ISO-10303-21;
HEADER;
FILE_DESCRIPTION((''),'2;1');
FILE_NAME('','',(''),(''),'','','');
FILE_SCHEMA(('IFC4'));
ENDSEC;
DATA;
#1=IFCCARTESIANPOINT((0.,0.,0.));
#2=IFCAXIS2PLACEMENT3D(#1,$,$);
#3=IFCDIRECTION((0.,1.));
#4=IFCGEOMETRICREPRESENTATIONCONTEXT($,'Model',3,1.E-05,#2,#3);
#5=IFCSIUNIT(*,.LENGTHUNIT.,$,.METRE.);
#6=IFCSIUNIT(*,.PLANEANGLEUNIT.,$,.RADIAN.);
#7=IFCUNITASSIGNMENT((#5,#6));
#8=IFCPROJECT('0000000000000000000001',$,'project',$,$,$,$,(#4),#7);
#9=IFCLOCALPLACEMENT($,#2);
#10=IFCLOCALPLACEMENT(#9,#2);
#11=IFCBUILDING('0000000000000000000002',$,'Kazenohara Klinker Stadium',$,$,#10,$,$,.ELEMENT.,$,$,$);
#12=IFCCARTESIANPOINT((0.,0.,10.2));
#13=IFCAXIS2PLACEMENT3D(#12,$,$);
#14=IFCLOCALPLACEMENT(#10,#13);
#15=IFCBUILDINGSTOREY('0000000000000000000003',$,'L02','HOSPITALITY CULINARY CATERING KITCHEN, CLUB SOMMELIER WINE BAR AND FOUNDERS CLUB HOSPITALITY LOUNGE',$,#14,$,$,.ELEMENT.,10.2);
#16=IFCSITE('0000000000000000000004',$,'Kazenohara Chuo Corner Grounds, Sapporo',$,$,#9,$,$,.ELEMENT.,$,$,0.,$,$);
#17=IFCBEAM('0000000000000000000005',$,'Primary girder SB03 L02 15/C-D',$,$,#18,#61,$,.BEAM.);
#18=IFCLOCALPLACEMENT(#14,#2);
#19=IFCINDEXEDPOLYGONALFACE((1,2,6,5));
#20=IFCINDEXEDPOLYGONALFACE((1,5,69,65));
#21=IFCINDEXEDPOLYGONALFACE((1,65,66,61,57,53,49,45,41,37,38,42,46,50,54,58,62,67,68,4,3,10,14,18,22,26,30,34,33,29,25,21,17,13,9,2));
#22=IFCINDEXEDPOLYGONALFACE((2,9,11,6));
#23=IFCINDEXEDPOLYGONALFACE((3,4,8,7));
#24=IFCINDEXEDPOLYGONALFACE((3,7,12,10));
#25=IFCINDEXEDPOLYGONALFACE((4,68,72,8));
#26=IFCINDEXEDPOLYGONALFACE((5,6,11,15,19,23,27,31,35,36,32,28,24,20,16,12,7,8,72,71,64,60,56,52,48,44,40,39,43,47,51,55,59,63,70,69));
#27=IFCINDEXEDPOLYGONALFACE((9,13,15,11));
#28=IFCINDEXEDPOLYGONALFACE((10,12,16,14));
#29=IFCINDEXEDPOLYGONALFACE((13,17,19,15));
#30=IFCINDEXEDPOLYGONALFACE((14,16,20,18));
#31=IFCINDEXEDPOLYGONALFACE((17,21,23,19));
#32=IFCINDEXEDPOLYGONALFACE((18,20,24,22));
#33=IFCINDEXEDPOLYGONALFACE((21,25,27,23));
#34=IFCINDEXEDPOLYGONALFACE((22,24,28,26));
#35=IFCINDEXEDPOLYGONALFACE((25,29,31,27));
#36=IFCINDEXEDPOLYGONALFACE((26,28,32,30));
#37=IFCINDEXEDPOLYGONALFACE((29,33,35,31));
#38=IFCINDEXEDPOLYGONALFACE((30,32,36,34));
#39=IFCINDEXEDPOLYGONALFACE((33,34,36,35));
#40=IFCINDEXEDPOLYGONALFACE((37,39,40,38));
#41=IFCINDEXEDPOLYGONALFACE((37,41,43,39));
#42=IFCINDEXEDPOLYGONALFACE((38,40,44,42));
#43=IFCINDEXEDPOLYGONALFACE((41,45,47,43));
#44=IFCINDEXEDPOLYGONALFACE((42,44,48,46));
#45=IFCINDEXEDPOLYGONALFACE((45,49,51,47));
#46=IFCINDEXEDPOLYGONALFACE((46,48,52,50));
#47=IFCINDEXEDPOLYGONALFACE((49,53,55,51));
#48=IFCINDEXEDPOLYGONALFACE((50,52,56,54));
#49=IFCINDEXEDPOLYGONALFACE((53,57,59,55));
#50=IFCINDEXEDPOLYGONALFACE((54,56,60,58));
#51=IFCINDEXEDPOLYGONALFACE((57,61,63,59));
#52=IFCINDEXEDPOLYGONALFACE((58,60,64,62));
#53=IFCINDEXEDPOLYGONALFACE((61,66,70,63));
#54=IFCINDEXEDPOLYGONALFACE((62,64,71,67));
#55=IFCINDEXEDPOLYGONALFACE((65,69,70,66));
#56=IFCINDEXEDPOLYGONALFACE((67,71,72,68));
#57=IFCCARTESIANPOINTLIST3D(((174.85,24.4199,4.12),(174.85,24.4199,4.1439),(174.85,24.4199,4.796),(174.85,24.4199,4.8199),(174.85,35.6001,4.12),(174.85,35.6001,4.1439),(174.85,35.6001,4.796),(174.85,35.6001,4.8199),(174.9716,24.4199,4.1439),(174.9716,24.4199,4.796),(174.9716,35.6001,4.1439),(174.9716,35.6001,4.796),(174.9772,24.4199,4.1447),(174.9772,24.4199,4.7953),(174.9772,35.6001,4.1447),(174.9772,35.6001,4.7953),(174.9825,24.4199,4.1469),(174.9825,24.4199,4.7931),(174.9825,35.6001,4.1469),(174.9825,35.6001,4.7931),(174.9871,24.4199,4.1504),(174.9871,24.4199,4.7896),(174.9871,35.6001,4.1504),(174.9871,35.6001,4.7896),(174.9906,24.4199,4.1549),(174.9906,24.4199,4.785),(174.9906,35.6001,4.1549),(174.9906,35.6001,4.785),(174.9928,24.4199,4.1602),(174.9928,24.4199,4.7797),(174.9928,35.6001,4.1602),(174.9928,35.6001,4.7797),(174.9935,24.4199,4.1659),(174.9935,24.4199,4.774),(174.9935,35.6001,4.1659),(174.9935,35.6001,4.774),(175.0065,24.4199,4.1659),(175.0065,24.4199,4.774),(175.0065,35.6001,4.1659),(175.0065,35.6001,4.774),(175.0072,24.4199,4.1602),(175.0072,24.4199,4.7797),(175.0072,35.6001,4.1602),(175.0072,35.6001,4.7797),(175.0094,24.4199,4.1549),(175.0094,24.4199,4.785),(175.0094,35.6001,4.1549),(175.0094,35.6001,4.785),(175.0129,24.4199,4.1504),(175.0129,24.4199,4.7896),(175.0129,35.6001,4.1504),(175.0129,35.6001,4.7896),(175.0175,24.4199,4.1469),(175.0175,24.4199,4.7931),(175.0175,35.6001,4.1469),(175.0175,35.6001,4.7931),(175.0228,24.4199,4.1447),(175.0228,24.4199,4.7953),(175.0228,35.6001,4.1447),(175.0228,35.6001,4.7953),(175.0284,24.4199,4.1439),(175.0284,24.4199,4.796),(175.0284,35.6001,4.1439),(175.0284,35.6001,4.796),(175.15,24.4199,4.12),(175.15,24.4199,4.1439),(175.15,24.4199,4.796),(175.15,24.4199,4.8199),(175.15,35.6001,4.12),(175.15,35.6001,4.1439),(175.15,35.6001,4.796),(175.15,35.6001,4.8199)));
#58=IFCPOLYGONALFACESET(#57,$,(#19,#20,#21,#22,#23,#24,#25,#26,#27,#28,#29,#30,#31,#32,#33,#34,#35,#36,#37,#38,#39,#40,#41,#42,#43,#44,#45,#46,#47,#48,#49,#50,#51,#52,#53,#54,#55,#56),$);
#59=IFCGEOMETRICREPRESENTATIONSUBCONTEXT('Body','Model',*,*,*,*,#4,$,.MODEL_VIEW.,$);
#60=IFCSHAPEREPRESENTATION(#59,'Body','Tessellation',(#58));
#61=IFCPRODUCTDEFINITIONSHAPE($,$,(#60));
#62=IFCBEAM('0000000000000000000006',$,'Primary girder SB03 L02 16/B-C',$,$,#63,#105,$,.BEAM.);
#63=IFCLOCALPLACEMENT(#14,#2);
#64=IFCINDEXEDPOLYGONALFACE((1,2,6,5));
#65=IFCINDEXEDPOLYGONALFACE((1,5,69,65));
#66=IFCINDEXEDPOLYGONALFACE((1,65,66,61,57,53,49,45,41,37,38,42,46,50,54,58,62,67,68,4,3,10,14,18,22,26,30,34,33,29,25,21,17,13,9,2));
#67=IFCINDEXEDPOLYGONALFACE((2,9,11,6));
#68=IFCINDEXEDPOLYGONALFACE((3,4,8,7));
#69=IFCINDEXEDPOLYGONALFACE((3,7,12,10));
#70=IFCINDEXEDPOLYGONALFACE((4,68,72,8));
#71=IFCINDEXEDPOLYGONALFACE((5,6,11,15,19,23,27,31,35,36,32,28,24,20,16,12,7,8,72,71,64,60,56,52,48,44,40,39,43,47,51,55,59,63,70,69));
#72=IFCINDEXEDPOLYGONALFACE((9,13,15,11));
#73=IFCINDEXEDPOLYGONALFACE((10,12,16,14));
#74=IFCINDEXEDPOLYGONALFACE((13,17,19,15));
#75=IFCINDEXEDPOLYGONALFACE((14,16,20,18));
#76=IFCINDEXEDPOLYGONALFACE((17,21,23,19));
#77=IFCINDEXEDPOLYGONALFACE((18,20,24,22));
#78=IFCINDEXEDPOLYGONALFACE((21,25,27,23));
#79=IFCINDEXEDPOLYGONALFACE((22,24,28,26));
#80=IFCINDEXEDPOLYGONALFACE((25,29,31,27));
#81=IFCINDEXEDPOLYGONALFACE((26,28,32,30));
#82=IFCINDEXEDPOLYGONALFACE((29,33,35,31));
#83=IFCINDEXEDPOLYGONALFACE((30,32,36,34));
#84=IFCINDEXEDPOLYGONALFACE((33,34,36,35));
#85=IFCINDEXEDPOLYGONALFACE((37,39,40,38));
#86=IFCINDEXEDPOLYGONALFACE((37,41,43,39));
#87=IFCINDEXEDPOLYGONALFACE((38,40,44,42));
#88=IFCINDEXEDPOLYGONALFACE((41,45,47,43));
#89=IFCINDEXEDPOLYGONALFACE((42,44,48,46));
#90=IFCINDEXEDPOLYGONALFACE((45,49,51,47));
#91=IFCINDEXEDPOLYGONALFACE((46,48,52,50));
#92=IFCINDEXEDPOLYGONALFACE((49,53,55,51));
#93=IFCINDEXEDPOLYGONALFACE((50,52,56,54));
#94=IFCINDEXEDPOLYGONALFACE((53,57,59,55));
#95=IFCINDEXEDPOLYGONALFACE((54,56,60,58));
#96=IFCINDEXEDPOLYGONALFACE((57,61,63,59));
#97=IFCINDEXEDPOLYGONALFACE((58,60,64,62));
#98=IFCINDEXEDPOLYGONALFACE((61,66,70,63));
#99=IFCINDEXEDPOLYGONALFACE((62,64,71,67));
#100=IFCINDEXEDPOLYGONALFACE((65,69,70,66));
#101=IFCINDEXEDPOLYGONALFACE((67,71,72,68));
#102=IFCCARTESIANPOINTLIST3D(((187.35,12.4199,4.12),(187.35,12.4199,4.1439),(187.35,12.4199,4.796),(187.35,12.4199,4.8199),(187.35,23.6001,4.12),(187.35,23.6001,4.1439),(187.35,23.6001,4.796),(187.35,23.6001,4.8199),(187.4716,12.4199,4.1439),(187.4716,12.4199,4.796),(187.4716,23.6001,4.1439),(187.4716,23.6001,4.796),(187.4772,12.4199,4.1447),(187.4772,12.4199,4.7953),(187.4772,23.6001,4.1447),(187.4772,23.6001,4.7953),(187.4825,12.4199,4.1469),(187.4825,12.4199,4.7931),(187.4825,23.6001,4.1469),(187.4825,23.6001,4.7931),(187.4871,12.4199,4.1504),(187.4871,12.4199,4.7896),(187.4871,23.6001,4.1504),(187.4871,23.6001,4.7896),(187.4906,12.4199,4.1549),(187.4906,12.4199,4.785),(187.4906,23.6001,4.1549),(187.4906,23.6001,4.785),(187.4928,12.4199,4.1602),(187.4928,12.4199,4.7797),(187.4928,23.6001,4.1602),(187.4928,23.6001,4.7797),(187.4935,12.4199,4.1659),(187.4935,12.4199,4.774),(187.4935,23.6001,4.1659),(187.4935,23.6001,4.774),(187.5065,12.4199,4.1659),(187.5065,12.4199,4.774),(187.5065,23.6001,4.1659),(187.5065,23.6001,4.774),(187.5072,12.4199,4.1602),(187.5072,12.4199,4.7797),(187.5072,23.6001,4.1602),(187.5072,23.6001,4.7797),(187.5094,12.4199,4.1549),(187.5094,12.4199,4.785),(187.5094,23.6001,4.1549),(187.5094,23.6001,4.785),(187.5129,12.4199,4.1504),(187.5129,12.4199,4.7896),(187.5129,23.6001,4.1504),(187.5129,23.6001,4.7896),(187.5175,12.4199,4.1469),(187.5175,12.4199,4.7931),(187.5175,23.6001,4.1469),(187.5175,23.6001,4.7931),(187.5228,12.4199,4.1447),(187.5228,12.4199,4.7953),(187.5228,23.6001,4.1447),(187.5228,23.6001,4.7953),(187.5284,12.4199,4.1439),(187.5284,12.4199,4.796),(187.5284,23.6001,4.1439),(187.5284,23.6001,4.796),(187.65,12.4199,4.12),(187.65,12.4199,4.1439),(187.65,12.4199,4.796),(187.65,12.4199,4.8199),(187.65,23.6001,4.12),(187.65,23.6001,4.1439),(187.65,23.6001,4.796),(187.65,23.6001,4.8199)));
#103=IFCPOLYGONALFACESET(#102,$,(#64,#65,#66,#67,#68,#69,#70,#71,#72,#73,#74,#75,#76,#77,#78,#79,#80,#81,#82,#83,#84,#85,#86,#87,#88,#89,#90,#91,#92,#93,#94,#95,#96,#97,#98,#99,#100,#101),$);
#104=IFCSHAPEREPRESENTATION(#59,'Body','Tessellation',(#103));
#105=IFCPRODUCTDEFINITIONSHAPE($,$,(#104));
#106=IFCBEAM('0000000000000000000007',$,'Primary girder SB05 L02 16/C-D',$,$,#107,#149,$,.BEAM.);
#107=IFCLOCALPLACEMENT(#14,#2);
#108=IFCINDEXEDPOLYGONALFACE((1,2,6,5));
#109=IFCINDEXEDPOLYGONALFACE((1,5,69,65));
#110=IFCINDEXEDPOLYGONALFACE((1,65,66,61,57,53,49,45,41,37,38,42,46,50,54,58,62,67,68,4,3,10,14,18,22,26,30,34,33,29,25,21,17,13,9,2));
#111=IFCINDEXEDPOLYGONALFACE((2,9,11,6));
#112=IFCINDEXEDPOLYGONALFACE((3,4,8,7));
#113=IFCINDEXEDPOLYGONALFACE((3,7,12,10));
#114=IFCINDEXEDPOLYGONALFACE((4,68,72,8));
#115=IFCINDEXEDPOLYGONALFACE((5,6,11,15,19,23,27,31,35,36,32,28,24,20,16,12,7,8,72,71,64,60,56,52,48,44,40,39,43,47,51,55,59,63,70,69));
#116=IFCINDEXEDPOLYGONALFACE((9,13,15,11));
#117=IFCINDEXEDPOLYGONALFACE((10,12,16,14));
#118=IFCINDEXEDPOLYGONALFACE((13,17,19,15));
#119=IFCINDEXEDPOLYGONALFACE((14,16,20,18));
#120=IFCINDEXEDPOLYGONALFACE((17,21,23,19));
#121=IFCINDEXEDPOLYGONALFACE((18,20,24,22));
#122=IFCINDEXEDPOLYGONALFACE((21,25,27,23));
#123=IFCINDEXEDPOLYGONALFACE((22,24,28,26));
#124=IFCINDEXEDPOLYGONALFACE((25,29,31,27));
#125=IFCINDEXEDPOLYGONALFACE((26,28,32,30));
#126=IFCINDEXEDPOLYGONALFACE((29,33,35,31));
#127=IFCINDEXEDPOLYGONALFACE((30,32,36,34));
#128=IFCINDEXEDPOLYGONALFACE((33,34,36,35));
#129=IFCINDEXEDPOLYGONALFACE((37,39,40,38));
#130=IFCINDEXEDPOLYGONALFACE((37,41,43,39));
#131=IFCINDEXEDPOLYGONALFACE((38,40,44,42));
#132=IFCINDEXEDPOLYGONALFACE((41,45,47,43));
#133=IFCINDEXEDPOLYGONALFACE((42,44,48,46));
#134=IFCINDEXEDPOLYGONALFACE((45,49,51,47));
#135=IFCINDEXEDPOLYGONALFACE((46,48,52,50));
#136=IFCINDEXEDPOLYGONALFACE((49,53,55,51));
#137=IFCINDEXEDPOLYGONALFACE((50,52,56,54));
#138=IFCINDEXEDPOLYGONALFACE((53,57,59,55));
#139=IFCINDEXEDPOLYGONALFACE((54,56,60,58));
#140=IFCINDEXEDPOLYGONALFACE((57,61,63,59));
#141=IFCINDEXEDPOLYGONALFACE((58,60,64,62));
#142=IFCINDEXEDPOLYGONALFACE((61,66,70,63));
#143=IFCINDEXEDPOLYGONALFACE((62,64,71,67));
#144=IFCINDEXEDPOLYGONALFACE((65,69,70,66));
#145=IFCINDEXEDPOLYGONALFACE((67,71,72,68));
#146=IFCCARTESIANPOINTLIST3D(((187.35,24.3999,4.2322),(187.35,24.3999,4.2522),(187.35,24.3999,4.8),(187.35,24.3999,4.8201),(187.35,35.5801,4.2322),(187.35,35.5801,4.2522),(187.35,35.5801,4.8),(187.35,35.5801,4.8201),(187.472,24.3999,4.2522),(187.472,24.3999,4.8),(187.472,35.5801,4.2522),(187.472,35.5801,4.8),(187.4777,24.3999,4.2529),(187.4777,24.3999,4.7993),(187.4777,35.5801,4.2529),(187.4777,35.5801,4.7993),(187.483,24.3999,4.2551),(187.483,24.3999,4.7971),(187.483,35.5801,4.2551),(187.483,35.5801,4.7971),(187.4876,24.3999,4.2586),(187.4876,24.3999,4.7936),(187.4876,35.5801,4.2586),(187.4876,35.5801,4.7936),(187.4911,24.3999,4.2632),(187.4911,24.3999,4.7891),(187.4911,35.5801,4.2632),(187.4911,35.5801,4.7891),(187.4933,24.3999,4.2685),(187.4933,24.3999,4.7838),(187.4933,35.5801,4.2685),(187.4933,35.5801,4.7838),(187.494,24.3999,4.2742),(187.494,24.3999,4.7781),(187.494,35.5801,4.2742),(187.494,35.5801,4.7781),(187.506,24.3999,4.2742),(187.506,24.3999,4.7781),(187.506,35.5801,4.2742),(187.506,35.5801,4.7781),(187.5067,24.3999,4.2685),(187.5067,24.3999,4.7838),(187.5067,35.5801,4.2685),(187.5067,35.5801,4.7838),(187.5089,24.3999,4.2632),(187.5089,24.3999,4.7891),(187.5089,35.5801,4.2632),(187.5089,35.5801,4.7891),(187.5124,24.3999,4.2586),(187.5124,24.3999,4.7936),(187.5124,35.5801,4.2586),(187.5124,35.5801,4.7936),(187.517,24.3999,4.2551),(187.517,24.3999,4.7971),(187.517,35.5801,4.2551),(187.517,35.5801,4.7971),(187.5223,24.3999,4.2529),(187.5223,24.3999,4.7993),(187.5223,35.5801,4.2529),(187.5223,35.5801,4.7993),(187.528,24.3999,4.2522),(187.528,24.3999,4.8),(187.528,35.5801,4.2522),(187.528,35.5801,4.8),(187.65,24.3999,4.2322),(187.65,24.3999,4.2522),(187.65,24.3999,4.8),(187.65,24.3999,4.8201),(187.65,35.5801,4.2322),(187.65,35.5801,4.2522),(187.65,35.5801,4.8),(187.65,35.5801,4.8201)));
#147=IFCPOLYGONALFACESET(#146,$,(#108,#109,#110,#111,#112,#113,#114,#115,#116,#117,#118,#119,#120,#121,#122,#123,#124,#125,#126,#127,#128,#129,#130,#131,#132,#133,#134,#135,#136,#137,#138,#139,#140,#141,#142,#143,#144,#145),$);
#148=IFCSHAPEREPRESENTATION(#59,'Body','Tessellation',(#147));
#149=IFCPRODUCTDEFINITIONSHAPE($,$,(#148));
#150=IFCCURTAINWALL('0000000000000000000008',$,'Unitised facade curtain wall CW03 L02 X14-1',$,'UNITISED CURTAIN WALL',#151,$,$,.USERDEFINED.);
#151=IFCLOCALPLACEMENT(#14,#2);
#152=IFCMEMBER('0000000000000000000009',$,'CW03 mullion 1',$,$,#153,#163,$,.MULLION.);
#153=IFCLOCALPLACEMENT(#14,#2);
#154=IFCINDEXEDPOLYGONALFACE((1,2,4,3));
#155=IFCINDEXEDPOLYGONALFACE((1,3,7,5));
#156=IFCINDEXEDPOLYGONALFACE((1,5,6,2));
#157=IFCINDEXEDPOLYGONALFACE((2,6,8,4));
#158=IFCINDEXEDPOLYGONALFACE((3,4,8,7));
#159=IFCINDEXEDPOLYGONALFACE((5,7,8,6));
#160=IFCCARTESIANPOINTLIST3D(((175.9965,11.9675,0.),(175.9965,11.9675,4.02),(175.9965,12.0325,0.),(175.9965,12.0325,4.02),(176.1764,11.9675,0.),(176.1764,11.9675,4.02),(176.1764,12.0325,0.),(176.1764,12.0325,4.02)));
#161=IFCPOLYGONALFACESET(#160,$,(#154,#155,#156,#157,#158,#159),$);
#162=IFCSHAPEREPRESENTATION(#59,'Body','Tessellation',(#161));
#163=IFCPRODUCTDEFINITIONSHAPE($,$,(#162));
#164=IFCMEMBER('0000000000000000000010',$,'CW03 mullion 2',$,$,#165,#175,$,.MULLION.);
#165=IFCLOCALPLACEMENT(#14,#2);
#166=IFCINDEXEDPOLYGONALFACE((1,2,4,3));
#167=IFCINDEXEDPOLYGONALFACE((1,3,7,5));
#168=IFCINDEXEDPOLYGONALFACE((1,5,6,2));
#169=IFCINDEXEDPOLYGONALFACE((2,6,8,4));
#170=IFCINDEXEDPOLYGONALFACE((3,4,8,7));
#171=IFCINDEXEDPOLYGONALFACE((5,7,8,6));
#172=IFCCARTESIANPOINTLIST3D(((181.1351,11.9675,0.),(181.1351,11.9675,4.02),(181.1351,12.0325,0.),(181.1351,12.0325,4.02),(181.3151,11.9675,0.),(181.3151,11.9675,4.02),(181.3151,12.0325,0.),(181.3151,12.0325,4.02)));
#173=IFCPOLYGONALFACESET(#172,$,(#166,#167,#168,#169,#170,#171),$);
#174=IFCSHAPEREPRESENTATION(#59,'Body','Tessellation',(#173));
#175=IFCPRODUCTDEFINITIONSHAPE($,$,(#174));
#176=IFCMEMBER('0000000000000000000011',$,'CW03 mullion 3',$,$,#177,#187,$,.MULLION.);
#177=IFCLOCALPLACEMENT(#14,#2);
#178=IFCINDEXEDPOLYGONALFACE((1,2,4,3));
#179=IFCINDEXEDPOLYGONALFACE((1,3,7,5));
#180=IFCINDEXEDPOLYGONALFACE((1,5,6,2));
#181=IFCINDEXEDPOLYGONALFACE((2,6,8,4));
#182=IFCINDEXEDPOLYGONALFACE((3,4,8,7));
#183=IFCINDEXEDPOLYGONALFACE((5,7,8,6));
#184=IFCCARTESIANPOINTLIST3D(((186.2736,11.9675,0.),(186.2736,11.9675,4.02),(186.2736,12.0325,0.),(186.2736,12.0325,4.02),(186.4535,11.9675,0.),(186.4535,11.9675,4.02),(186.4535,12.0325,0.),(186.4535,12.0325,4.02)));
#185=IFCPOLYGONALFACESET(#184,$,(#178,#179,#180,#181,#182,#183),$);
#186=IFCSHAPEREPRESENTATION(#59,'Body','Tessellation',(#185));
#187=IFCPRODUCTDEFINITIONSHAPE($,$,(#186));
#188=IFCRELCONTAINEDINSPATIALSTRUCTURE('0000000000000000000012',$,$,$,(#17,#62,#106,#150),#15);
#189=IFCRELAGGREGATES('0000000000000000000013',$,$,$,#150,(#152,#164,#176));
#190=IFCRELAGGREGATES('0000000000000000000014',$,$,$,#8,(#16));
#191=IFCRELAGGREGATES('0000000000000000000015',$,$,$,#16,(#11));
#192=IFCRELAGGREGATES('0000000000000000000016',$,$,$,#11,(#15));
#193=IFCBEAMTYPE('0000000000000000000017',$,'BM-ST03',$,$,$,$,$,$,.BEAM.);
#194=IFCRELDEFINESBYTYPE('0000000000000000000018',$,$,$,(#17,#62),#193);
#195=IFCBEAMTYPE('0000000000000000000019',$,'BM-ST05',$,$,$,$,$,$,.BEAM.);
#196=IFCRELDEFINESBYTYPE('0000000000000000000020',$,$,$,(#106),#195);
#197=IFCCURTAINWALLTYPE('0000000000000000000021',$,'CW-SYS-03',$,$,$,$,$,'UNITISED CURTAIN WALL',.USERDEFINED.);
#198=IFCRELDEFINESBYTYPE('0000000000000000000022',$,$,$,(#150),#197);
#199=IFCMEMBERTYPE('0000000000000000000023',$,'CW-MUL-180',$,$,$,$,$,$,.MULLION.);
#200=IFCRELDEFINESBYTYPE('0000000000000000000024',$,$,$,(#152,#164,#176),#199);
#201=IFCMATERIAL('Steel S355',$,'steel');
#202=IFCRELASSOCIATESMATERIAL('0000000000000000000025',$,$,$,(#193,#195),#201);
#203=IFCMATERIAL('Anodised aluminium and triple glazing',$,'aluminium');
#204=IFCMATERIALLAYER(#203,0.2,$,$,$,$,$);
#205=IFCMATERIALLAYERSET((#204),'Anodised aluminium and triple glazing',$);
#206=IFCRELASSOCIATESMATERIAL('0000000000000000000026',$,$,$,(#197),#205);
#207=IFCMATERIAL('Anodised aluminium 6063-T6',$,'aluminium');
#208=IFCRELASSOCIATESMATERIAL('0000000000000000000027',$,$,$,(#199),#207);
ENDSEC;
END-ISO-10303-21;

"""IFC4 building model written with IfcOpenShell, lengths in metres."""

from ifc_helpers import new_model, si_unit, direction, frame, origin, origin_2d, place, context, subcontext, project, spatial, rectangle, i_section, extrude, material, layer, layer_set, material_profile, profile_set, type_object, element, aggregate, save


model = new_model("IFC4")

# Units and contexts
model_context = context("Model", 3, precision=1e-05, world=origin(), true_north=direction((0.0, 1.0)))
body_context = subcontext(model_context, "Body", "Model", "MODEL_VIEW")
ifc_project = project(units=[si_unit("LENGTHUNIT", "METRE"), si_unit("PLANEANGLEUNIT", "RADIAN")], contexts=[model_context])

# Site, building, storey
site_placement = place(None, origin())
site = spatial("IfcSite", under=ifc_project, at=site_placement, Name="Kazenohara Chuo Corner Grounds, Sapporo", CompositionType="ELEMENT", RefElevation=0.0)
building_placement = place(site_placement, origin())
building = spatial("IfcBuilding", under=site, at=building_placement, Name="Kazenohara Klinker Stadium", CompositionType="ELEMENT")
storey_placement = place(building_placement, frame((0.0, 0.0, 10.2)))
storey = spatial("IfcBuildingStorey", under=building, at=storey_placement, Name="L02", Description="HOSPITALITY CULINARY CATERING KITCHEN, CLUB SOMMELIER WINE BAR AND FOUNDERS CLUB HOSPITALITY LOUNGE", CompositionType="ELEMENT", Elevation=10.2)

# Beams
ifc_material_1 = material(Name="Steel S355", Category="steel")
ifc_material_profile_1 = material_profile(ifc_material_1, i_section(OverallWidth=0.3, OverallDepth=0.7, WebThickness=0.0129, FlangeThickness=0.0239, FilletRadius=0.022, at=origin_2d()), Name="H-700x300x13x24")
ifc_profile_set_1 = profile_set([ifc_material_profile_1], Name="Steel S355")
beam_type_1 = type_object("IfcBeamType", Name="BM-ST03", PredefinedType="BEAM", material=ifc_profile_set_1)
for number, where, z_axis, x_axis, name in (
    (1, (175.0, 24.4199, 4.47), (0.0, 1.0, 0.0), (-1.0, 0.0, 0.0), "Primary girder SB03 L02 15/C-D"),
    (2, (187.5, 12.4199, 4.47), (0.0, 1.0, 0.0), (-1.0, 0.0, 0.0), "Primary girder SB03 L02 16/B-C"),
):
    element("IfcBeam", number, at=place(storey_placement, frame(where, z_axis=z_axis, x_axis=x_axis)), inside=storey, type_object=beam_type_1, Name=name, PredefinedType="BEAM", context=body_context, shape_type="SweptSolid", body=[
        extrude(i_section(OverallWidth=0.3, OverallDepth=0.7, WebThickness=0.0129, FlangeThickness=0.0239, FilletRadius=0.022, at=origin_2d()), origin(), (0.0, 0.0, 1.0), 11.1802),
    ])
ifc_material_profile_2 = material_profile(ifc_material_1, i_section(OverallWidth=0.3, OverallDepth=0.5879, WebThickness=0.012, FlangeThickness=0.02, FilletRadius=0.022, at=origin_2d()), Name="H-588x300x12x20")
ifc_profile_set_2 = profile_set([ifc_material_profile_2], Name="Steel S355")
beam_type_2 = type_object("IfcBeamType", Name="BM-ST05", PredefinedType="BEAM", material=ifc_profile_set_2)
beam_1_placement = place(storey_placement, frame((187.5, 24.3999, 4.5261), z_axis=(0.0, 1.0, 0.0), x_axis=(-1.0, 0.0, 0.0)))
element("IfcBeam", 3, at=beam_1_placement, inside=storey, type_object=beam_type_2, Name="Primary girder SB05 L02 16/C-D", PredefinedType="BEAM", context=body_context, shape_type="SweptSolid", body=[
    extrude(i_section(OverallWidth=0.3, OverallDepth=0.5879, WebThickness=0.012, FlangeThickness=0.02, FilletRadius=0.022, at=origin_2d()), origin(), (0.0, 0.0, 1.0), 11.1802),
])

# Curtain wall, members
ifc_material_2 = material(Name="Anodised aluminium and triple glazing", Category="aluminium")
ifc_layer_1 = layer(ifc_material_2, 0.2)
ifc_layer_set_1 = layer_set([ifc_layer_1], Name="Anodised aluminium and triple glazing")
curtain_wall_type = type_object("IfcCurtainWallType", Name="CW-SYS-03", ElementType="UNITISED CURTAIN WALL", PredefinedType="USERDEFINED", material=ifc_layer_set_1)
curtain_wall_placement = place(storey_placement, origin())
curtain_wall = element("IfcCurtainWall", 4, at=curtain_wall_placement, inside=storey, type_object=curtain_wall_type, Name="Unitised facade curtain wall CW03 L02 X14-1", ObjectType="UNITISED CURTAIN WALL", PredefinedType="USERDEFINED")
ifc_material_3 = material(Name="Anodised aluminium 6063-T6", Category="aluminium")
ifc_material_profile_3 = material_profile(ifc_material_3, rectangle(XDim=0.0649, YDim=0.1799, at=origin_2d()), Name="ALU-MUL-65x180")
ifc_profile_set_3 = profile_set([ifc_material_profile_3], Name="Anodised aluminium 6063-T6")
member_type_1 = type_object("IfcMemberType", Name="CW-MUL-180", PredefinedType="MULLION", material=ifc_profile_set_3)
member_1_placement = place(storey_placement, frame((176.0864, 12.0, 0.0), z_axis=(0.0, 0.0, 1.0), x_axis=(0.0, 1.0, 0.0)))
member_1 = element("IfcMember", 5, at=member_1_placement, type_object=member_type_1, Name="CW03 mullion 1", PredefinedType="MULLION", context=body_context, shape_type="SweptSolid", body=[
    extrude(rectangle(XDim=0.0649, YDim=0.1799, at=origin_2d()), origin(), (0.0, 0.0, 1.0), 4.02),
])
member_2_placement = place(storey_placement, frame((181.2251, 12.0, 0.0), z_axis=(0.0, 0.0, 1.0), x_axis=(0.0, 1.0, 0.0)))
member_2 = element("IfcMember", 6, at=member_2_placement, type_object=member_type_1, Name="CW03 mullion 2", PredefinedType="MULLION", context=body_context, shape_type="SweptSolid", body=[
    extrude(rectangle(XDim=0.0649, YDim=0.1799, at=origin_2d()), origin(), (0.0, 0.0, 1.0), 4.02),
])
member_3_placement = place(storey_placement, frame((186.3635, 12.0, 0.0), z_axis=(0.0, 0.0, 1.0), x_axis=(0.0, 1.0, 0.0)))
member_3 = element("IfcMember", 7, at=member_3_placement, type_object=member_type_1, Name="CW03 mullion 3", PredefinedType="MULLION", context=body_context, shape_type="SweptSolid", body=[
    extrude(rectangle(XDim=0.0649, YDim=0.1799, at=origin_2d()), origin(), (0.0, 0.0, 1.0), 4.02),
])
aggregate(curtain_wall, [member_1, member_2, member_3])

save(model, "model.ifc")
